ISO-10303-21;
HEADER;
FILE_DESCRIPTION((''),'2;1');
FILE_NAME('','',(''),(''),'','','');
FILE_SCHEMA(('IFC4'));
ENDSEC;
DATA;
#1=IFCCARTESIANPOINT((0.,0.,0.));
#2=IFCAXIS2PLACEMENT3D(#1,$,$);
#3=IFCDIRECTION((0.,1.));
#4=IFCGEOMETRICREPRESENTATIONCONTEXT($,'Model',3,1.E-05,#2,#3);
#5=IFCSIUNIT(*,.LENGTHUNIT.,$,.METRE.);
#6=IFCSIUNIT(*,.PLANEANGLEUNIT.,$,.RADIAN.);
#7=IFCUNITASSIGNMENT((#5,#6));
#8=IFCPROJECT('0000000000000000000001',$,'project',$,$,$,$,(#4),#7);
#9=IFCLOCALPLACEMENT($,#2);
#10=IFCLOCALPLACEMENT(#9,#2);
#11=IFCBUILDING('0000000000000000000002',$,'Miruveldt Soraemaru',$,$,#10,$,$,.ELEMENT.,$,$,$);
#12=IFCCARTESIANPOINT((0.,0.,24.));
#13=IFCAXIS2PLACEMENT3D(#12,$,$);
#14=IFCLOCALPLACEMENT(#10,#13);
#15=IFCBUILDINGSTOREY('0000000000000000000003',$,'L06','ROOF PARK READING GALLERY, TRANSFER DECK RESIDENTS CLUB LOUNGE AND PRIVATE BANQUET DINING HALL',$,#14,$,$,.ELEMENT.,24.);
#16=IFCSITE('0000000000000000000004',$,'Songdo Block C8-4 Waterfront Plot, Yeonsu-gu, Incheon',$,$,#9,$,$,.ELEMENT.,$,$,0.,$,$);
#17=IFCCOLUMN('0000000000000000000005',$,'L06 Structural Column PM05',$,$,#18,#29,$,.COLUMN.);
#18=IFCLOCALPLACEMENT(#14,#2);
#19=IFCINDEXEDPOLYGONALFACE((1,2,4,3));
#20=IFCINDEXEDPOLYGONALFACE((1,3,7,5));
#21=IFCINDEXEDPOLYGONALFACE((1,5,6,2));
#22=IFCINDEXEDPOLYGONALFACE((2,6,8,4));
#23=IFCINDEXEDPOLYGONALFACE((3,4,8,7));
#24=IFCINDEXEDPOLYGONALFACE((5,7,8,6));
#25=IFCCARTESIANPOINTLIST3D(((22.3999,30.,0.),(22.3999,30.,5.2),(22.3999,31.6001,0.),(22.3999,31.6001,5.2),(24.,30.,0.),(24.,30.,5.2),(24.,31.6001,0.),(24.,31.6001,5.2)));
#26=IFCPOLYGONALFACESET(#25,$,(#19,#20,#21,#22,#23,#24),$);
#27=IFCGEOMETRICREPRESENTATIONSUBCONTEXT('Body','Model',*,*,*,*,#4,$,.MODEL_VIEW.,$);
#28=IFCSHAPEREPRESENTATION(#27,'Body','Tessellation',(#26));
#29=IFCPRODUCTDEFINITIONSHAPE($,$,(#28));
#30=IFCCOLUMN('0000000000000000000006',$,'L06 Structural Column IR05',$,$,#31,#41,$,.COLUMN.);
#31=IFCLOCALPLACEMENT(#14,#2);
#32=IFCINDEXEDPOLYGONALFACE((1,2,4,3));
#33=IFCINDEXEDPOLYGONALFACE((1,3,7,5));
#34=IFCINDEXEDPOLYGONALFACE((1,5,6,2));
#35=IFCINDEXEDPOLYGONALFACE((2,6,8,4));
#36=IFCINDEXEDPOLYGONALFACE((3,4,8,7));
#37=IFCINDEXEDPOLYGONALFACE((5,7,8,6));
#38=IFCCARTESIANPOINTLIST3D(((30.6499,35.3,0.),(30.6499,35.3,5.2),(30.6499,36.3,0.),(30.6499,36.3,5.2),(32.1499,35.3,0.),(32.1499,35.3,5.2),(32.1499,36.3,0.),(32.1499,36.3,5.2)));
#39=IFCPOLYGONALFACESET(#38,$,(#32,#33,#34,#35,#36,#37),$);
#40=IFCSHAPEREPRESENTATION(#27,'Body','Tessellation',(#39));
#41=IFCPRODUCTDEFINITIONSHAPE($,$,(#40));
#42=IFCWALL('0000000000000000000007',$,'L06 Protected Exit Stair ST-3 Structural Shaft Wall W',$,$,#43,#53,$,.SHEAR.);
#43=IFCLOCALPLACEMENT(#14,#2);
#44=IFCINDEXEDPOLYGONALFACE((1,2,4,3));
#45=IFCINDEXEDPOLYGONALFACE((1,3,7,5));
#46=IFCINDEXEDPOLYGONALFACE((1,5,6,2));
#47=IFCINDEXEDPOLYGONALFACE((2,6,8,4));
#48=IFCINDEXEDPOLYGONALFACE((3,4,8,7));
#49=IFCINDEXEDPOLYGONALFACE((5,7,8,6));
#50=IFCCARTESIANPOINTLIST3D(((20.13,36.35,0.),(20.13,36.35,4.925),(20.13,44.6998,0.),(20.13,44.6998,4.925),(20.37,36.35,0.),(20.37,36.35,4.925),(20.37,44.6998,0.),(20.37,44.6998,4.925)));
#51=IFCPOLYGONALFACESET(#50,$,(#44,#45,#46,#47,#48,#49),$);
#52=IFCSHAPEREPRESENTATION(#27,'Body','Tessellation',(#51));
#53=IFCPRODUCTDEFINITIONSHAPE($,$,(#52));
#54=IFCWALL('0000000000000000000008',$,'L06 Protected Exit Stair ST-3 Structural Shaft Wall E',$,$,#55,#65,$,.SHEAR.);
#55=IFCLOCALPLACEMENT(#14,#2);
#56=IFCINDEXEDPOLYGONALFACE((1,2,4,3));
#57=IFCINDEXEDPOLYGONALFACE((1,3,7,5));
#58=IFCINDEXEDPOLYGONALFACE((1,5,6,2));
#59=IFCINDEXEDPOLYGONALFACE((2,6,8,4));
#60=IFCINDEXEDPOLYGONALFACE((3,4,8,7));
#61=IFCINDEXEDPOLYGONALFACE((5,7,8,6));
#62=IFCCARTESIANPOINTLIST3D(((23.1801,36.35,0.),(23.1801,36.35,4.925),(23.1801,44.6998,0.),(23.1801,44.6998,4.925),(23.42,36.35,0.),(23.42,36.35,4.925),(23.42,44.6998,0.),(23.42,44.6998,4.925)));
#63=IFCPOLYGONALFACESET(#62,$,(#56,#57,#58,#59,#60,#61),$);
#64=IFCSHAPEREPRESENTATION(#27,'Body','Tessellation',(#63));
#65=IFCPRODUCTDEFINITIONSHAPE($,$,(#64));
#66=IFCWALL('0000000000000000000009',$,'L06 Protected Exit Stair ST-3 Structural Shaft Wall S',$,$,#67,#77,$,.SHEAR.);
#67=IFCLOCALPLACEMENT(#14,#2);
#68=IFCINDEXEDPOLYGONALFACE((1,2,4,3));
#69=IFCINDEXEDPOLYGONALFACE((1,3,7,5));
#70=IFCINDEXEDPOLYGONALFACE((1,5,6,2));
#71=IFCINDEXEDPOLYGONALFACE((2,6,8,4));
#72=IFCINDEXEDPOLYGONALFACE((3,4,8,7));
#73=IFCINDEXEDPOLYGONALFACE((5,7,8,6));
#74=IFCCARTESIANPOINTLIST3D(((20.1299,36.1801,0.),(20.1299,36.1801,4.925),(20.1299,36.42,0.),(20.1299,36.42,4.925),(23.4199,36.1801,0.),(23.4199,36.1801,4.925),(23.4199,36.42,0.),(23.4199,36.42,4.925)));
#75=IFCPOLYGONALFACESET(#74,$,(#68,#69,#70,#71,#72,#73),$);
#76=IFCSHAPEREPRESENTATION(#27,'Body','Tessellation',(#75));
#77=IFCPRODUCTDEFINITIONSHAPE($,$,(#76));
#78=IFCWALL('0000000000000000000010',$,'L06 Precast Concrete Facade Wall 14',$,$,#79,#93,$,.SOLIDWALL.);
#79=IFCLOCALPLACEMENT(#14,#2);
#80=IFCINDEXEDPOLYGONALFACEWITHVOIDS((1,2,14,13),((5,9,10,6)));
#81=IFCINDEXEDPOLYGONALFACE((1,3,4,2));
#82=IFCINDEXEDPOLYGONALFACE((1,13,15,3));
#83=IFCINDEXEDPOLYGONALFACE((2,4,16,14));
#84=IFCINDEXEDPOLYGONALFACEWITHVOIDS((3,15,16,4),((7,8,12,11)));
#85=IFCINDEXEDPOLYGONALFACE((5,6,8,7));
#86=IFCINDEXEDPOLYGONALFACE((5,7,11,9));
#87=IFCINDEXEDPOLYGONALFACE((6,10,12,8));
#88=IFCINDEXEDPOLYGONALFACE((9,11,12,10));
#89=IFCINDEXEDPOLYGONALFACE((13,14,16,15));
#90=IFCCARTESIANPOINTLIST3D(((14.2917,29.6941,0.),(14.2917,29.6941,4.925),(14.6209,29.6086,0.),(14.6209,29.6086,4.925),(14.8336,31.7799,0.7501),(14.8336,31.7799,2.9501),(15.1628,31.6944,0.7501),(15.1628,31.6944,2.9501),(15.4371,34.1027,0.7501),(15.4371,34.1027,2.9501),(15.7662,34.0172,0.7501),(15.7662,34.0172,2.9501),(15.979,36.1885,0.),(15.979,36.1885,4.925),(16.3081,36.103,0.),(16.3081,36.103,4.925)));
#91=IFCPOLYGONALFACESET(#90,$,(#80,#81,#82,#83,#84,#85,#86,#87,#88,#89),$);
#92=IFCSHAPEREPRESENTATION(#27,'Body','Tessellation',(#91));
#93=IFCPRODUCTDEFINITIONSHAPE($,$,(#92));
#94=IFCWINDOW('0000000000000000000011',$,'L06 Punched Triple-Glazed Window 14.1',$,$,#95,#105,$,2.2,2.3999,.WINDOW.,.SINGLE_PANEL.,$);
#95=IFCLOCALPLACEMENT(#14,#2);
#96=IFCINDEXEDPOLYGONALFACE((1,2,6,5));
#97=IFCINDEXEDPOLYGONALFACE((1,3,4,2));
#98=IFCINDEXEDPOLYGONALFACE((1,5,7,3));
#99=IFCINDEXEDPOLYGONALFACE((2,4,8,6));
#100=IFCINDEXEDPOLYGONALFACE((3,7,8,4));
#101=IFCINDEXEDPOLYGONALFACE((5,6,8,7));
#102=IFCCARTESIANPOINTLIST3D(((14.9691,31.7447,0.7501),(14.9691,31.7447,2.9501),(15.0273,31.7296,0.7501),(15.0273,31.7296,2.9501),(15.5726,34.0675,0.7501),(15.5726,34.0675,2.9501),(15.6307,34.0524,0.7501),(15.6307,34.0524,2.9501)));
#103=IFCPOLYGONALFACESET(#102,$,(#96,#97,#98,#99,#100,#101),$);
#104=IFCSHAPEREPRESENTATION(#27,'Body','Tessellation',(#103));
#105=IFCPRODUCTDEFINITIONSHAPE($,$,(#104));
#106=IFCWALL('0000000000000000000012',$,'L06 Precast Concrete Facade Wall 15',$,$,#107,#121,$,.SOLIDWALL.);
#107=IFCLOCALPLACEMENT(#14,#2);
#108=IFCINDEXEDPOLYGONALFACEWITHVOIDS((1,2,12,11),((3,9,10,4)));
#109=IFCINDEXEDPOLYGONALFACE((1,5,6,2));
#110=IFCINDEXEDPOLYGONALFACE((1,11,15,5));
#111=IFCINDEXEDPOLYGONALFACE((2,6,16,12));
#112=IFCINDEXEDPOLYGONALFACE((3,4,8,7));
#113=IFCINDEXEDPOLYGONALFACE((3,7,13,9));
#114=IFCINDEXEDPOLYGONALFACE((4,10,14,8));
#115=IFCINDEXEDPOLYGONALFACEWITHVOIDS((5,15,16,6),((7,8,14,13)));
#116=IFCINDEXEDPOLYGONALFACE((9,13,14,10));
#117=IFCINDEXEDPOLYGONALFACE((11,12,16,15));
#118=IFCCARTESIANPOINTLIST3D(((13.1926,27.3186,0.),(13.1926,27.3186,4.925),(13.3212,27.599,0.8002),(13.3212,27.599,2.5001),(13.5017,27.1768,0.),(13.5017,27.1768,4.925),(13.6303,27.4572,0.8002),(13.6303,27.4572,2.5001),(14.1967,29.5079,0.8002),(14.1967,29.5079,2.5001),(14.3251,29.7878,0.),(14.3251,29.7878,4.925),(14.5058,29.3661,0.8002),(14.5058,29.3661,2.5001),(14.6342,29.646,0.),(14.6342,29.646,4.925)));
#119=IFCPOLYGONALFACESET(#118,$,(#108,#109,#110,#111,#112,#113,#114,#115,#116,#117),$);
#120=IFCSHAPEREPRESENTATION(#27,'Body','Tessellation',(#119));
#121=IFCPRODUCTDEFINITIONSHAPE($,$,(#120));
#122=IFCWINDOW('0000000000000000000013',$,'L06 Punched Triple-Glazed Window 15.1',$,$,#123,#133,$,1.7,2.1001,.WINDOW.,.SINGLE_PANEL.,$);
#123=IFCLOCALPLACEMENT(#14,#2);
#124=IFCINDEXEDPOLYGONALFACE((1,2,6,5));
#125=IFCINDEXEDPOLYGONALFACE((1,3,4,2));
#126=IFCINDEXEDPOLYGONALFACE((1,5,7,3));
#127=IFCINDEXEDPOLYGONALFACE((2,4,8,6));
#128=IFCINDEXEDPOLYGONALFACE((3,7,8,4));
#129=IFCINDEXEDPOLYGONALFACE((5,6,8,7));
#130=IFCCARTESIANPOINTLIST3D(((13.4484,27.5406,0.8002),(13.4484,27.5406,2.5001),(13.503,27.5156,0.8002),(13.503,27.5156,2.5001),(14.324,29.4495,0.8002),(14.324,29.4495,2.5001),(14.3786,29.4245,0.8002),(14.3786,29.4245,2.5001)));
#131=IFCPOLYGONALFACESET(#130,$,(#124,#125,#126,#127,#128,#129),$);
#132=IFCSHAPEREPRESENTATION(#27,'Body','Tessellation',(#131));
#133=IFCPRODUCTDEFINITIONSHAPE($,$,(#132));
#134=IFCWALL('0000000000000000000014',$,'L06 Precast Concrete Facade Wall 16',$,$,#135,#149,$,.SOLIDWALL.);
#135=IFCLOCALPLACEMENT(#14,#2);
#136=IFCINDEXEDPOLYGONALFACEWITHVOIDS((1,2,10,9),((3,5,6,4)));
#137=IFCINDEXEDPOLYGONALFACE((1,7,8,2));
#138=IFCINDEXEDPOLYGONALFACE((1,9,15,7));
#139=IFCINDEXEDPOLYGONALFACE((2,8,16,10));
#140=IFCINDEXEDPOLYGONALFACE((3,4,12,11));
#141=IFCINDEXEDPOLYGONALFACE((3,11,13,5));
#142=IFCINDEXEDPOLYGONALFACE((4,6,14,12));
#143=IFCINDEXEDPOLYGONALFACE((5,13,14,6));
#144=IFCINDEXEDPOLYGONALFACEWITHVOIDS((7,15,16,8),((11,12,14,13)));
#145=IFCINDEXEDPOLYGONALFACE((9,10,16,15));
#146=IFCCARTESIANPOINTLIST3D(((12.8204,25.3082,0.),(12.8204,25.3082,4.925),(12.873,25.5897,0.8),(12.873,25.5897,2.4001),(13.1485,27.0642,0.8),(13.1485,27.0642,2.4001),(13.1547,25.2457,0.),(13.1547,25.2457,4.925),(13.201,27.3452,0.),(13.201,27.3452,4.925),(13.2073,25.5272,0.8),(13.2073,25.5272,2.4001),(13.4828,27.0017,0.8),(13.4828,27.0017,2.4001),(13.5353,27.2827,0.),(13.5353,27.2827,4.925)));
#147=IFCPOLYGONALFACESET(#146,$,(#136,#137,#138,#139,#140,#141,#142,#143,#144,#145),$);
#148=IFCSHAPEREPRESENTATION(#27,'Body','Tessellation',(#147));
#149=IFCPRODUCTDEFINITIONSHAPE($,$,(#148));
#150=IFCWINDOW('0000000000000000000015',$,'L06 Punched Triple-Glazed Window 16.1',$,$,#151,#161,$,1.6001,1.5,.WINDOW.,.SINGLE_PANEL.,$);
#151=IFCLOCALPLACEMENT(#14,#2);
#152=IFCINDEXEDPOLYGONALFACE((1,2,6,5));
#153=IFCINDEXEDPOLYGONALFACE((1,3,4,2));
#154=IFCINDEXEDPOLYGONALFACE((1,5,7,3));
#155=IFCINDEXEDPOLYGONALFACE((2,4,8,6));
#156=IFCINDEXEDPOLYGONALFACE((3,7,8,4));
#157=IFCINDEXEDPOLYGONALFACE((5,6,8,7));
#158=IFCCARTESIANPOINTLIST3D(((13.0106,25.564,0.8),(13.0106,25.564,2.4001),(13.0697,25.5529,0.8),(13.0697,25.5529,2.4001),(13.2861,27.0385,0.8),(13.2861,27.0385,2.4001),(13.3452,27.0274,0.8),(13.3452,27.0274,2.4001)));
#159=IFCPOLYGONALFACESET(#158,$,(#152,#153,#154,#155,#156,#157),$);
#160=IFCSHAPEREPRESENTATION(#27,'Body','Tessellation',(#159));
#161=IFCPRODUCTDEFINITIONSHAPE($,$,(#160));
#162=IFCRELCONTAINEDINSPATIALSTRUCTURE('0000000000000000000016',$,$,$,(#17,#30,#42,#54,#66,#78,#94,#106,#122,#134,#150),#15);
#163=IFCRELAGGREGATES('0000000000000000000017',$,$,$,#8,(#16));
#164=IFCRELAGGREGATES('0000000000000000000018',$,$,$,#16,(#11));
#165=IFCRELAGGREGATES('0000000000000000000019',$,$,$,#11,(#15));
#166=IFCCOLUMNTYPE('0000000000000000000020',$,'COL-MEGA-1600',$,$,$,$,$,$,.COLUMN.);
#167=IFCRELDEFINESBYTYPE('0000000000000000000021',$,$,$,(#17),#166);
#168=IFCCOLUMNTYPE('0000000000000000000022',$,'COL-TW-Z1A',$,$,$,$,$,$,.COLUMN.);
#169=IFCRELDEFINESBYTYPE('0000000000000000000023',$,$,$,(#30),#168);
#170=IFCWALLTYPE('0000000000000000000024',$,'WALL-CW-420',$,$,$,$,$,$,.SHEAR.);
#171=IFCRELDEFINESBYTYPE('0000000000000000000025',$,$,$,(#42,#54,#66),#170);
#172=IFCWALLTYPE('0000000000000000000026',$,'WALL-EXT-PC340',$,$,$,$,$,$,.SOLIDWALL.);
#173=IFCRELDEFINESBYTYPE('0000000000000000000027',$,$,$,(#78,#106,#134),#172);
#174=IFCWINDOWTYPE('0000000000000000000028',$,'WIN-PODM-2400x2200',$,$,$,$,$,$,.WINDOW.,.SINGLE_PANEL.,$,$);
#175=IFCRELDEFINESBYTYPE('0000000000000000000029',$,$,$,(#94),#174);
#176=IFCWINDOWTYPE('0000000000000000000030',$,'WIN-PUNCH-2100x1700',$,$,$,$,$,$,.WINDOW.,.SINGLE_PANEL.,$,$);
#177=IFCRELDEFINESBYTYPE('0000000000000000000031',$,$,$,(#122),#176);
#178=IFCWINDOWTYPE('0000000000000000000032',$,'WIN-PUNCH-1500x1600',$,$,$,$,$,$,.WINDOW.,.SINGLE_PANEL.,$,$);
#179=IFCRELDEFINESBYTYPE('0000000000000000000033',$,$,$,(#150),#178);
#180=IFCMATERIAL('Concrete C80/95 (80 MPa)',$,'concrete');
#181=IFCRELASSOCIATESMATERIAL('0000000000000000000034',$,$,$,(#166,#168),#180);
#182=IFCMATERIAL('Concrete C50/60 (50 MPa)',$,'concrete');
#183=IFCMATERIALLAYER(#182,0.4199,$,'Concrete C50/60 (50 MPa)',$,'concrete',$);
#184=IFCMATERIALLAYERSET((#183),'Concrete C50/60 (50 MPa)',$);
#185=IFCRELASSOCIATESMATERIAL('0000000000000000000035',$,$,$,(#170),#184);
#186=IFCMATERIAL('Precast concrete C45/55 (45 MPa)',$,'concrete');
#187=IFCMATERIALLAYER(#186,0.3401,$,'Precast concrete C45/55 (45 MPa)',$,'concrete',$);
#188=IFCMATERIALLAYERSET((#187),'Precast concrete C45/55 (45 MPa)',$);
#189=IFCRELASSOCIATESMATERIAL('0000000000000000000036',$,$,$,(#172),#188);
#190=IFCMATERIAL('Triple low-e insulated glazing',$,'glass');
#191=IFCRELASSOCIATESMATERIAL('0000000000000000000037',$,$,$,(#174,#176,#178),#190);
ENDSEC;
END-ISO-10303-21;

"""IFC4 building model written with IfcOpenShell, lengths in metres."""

from ifc_helpers import new_model, si_unit, direction, frame, frame_2d, origin, origin_2d, place, context, subcontext, project, spatial, rectangle, extrude, material, layer, layer_set, material_profile, profile_set, type_object, element, fill, save


model = new_model("IFC4")

# Units and contexts
model_context = context("Model", 3, precision=1e-05, world=origin(), true_north=direction((0.0, 1.0)))
body_context = subcontext(model_context, "Body", "Model", "MODEL_VIEW")
ifc_project = project(units=[si_unit("LENGTHUNIT", "METRE"), si_unit("PLANEANGLEUNIT", "RADIAN")], contexts=[model_context])

# Site, building, storey
site_placement = place(None, origin())
site = spatial("IfcSite", under=ifc_project, at=site_placement, Name="Songdo Block C8-4 Waterfront Plot, Yeonsu-gu, Incheon", CompositionType="ELEMENT", RefElevation=0.0)
building_placement = place(site_placement, origin())
building = spatial("IfcBuilding", under=site, at=building_placement, Name="Miruveldt Soraemaru", CompositionType="ELEMENT")
storey_placement = place(building_placement, frame((0.0, 0.0, 24.0)))
storey = spatial("IfcBuildingStorey", under=building, at=storey_placement, Name="L06", Description="ROOF PARK READING GALLERY, TRANSFER DECK RESIDENTS CLUB LOUNGE AND PRIVATE BANQUET DINING HALL", CompositionType="ELEMENT", Elevation=24.0)

# Columns
ifc_material_1 = material(Name="Concrete C80/95 (80 MPa)", Category="concrete")
ifc_material_profile_1 = material_profile(ifc_material_1, rectangle(XDim=1.6001, YDim=1.6001, at=origin_2d()), Name="Concrete C80/95 (80 MPa)", Category="concrete")
ifc_profile_set_1 = profile_set([ifc_material_profile_1], Name="Concrete C80/95 (80 MPa)")
column_type_1 = type_object("IfcColumnType", Name="COL-MEGA-1600", PredefinedType="COLUMN", material=ifc_profile_set_1)
column_1_placement = place(storey_placement, frame((23.2, 30.8, 0.0), z_axis=(0.0, 0.0, 1.0), x_axis=(1.0, 0.0, 0.0)))
element("IfcColumn", 1, at=column_1_placement, inside=storey, type_object=column_type_1, Name="L06 Structural Column PM05", PredefinedType="COLUMN", context=body_context, shape_type="SweptSolid", body=[
    extrude(rectangle(XDim=1.6001, YDim=1.6001, at=origin_2d()), origin(), (0.0, 0.0, 1.0), 5.2),
])
ifc_material_profile_2 = material_profile(ifc_material_1, rectangle(XDim=1.5, YDim=1.0, at=origin_2d()), Name="Concrete C80/95 (80 MPa)", Category="concrete")
ifc_profile_set_2 = profile_set([ifc_material_profile_2], Name="Concrete C80/95 (80 MPa)")
column_type_2 = type_object("IfcColumnType", Name="COL-TW-Z1A", PredefinedType="COLUMN", material=ifc_profile_set_2)
column_2_placement = place(storey_placement, frame((31.3999, 35.8, 0.0), z_axis=(0.0, 0.0, 1.0), x_axis=(1.0, 0.0, 0.0)))
element("IfcColumn", 2, at=column_2_placement, inside=storey, type_object=column_type_2, Name="L06 Structural Column IR05", PredefinedType="COLUMN", context=body_context, shape_type="SweptSolid", body=[
    extrude(rectangle(XDim=1.5, YDim=1.0, at=origin_2d()), origin(), (0.0, 0.0, 1.0), 5.2),
])

# Walls
ifc_material_2 = material(Name="Concrete C50/60 (50 MPa)", Category="concrete")
ifc_layer_1 = layer(ifc_material_2, 0.4199, Name="Concrete C50/60 (50 MPa)", Category="concrete")
ifc_layer_set_1 = layer_set([ifc_layer_1], Name="Concrete C50/60 (50 MPa)")
wall_type_1 = type_object("IfcWallType", Name="WALL-CW-420", PredefinedType="SHEAR", material=ifc_layer_set_1)
for number, where, z_axis, x_axis, name in (
    (3, (20.25, 36.3501, 0.0), (0.0, 0.0, 1.0), (0.0, 1.0, 0.0), "L06 Protected Exit Stair ST-3 Structural Shaft Wall W"),
    (4, (23.3, 36.3501, 0.0), (0.0, 0.0, 1.0), (0.0, 1.0, 0.0), "L06 Protected Exit Stair ST-3 Structural Shaft Wall E"),
):
    element("IfcWall", number, at=place(storey_placement, frame(where, z_axis=z_axis, x_axis=x_axis)), inside=storey, type_object=wall_type_1, Name=name, PredefinedType="SHEAR", context=body_context, shape_type="SweptSolid", body=[
        extrude(rectangle(XDim=8.3499, YDim=0.24, at=frame_2d((4.1748, 0.0))), origin(), (0.0, 0.0, 1.0), 4.925),
    ])
wall_1_placement = place(storey_placement, frame((20.1299, 36.3, 0.0), z_axis=(0.0, 0.0, 1.0), x_axis=(1.0, 0.0, 0.0)))
element("IfcWall", 5, at=wall_1_placement, inside=storey, type_object=wall_type_1, Name="L06 Protected Exit Stair ST-3 Structural Shaft Wall S", PredefinedType="SHEAR", context=body_context, shape_type="SweptSolid", body=[
    extrude(rectangle(XDim=3.29, YDim=0.24, at=frame_2d((1.645, 0.0))), origin(), (0.0, 0.0, 1.0), 4.925),
])

# Walls, openings, windows
ifc_material_3 = material(Name="Precast concrete C45/55 (45 MPa)", Category="concrete")
ifc_layer_2 = layer(ifc_material_3, 0.3401, Name="Precast concrete C45/55 (45 MPa)", Category="concrete")
ifc_layer_set_2 = layer_set([ifc_layer_2], Name="Precast concrete C45/55 (45 MPa)")
wall_type_2 = type_object("IfcWallType", Name="WALL-EXT-PC340", PredefinedType="SOLIDWALL", material=ifc_layer_set_2)
wall_2_placement = place(storey_placement, frame((16.1436, 36.1458, 0.0), z_axis=(0.0, 0.0, 1.0), x_axis=(-0.251455, -0.967869, 0.0)))
wall_2 = element("IfcWall", 6, at=wall_2_placement, inside=storey, type_object=wall_type_2, Name="L06 Precast Concrete Facade Wall 14", PredefinedType="SOLIDWALL", context=body_context, shape_type="SweptSolid", body=[
    extrude(rectangle(XDim=6.71, YDim=0.3401, at=frame_2d((3.355, 0.0))), origin(), (0.0, 0.0, 1.0), 4.925),
])
opening_1_placement = place(wall_2_placement, frame((2.155, 0.0, 0.75)))
opening_1 = element("IfcOpeningElement", 7, at=opening_1_placement, cuts=wall_2, PredefinedType="OPENING", context=body_context, shape_type="SweptSolid", body=[
    extrude(rectangle(XDim=2.3999, YDim=2.2, at=frame_2d((1.2, 1.1001))), frame((0.0, 0.1802, 0.0), z_axis=(0.0, -1.0, 0.0), x_axis=(1.0, 0.0, 0.0)), (0.0, 0.0, 1.0), 0.3601),
])
ifc_material_4 = material(Name="Triple low-e insulated glazing", Category="glass")
window_type_1 = type_object("IfcWindowType", Name="WIN-PODM-2400x2200", PartitioningType="SINGLE_PANEL", PredefinedType="WINDOW", material=ifc_material_4)
window_1_placement = place(opening_1_placement, origin())
window_1 = element("IfcWindow", 8, at=window_1_placement, inside=storey, type_object=window_type_1, Name="L06 Punched Triple-Glazed Window 14.1", OverallHeight=2.2, OverallWidth=2.3999, PartitioningType="SINGLE_PANEL", PredefinedType="WINDOW", context=body_context, shape_type="SweptSolid", body=[
    extrude(rectangle(XDim=2.3999, YDim=2.2, at=frame_2d((1.2, 1.1001))), frame((0.0, 0.03, 0.0), z_axis=(0.0, -1.0, 0.0), x_axis=(1.0, 0.0, 0.0)), (0.0, 0.0, 1.0), 0.0601),
])
fill(opening_1, window_1)
wall_3_placement = place(storey_placement, frame((14.4797, 29.717, 0.0), z_axis=(0.0, 0.0, 1.0), x_axis=(-0.416908, -0.908948, 0.0)))
wall_3 = element("IfcWall", 9, at=wall_3_placement, inside=storey, type_object=wall_type_2, Name="L06 Precast Concrete Facade Wall 15", PredefinedType="SOLIDWALL", context=body_context, shape_type="SweptSolid", body=[
    extrude(rectangle(XDim=2.7166, YDim=0.3401, at=frame_2d((1.3584, 0.0))), origin(), (0.0, 0.0, 1.0), 4.925),
])
opening_2_placement = place(wall_3_placement, frame((0.3081, 0.0, 0.8)))
opening_2 = element("IfcOpeningElement", 10, at=opening_2_placement, cuts=wall_3, PredefinedType="OPENING", context=body_context, shape_type="SweptSolid", body=[
    extrude(rectangle(XDim=2.1001, YDim=1.7, at=frame_2d((1.05, 0.8501))), frame((0.0, 0.1802, 0.0), z_axis=(0.0, -1.0, 0.0), x_axis=(1.0, 0.0, 0.0)), (0.0, 0.0, 1.0), 0.3601),
])
window_type_2 = type_object("IfcWindowType", Name="WIN-PUNCH-2100x1700", PartitioningType="SINGLE_PANEL", PredefinedType="WINDOW", material=ifc_material_4)
window_2_placement = place(opening_2_placement, origin())
window_2 = element("IfcWindow", 11, at=window_2_placement, inside=storey, type_object=window_type_2, Name="L06 Punched Triple-Glazed Window 15.1", OverallHeight=1.7, OverallWidth=2.1001, PartitioningType="SINGLE_PANEL", PredefinedType="WINDOW", context=body_context, shape_type="SweptSolid", body=[
    extrude(rectangle(XDim=2.1001, YDim=1.7, at=frame_2d((1.05, 0.8501))), frame((0.0, 0.03, 0.0), z_axis=(0.0, -1.0, 0.0), x_axis=(1.0, 0.0, 0.0)), (0.0, 0.0, 1.0), 0.0601),
])
fill(opening_2, window_2)
wall_4_placement = place(storey_placement, frame((13.3682, 27.314, 0.0), z_axis=(0.0, 0.0, 1.0), x_axis=(-0.183663, -0.982989, 0.0)))
wall_4 = element("IfcWall", 12, at=wall_4_placement, inside=storey, type_object=wall_type_2, Name="L06 Precast Concrete Facade Wall 16", PredefinedType="SOLIDWALL", context=body_context, shape_type="SweptSolid", body=[
    extrude(rectangle(XDim=2.0723, YDim=0.3401, at=frame_2d((1.0361, 0.0))), origin(), (0.0, 0.0, 1.0), 4.925),
])
opening_3_placement = place(wall_4_placement, frame((0.2859, 0.0, 0.8)))
opening_3 = element("IfcOpeningElement", 13, at=opening_3_placement, cuts=wall_4, PredefinedType="OPENING", context=body_context, shape_type="SweptSolid", body=[
    extrude(rectangle(XDim=1.5, YDim=1.6001, at=frame_2d((0.75, 0.8))), frame((0.0, 0.1802, 0.0), z_axis=(0.0, -1.0, 0.0), x_axis=(1.0, 0.0, 0.0)), (0.0, 0.0, 1.0), 0.3601),
])
window_type_3 = type_object("IfcWindowType", Name="WIN-PUNCH-1500x1600", PartitioningType="SINGLE_PANEL", PredefinedType="WINDOW", material=ifc_material_4)
window_3_placement = place(opening_3_placement, origin())
window_3 = element("IfcWindow", 14, at=window_3_placement, inside=storey, type_object=window_type_3, Name="L06 Punched Triple-Glazed Window 16.1", OverallHeight=1.6001, OverallWidth=1.5, PartitioningType="SINGLE_PANEL", PredefinedType="WINDOW", context=body_context, shape_type="SweptSolid", body=[
    extrude(rectangle(XDim=1.5, YDim=1.6001, at=frame_2d((0.75, 0.8))), frame((0.0, 0.03, 0.0), z_axis=(0.0, -1.0, 0.0), x_axis=(1.0, 0.0, 0.0)), (0.0, 0.0, 1.0), 0.0601),
])
fill(opening_3, window_3)

save(model, "model.ifc")
